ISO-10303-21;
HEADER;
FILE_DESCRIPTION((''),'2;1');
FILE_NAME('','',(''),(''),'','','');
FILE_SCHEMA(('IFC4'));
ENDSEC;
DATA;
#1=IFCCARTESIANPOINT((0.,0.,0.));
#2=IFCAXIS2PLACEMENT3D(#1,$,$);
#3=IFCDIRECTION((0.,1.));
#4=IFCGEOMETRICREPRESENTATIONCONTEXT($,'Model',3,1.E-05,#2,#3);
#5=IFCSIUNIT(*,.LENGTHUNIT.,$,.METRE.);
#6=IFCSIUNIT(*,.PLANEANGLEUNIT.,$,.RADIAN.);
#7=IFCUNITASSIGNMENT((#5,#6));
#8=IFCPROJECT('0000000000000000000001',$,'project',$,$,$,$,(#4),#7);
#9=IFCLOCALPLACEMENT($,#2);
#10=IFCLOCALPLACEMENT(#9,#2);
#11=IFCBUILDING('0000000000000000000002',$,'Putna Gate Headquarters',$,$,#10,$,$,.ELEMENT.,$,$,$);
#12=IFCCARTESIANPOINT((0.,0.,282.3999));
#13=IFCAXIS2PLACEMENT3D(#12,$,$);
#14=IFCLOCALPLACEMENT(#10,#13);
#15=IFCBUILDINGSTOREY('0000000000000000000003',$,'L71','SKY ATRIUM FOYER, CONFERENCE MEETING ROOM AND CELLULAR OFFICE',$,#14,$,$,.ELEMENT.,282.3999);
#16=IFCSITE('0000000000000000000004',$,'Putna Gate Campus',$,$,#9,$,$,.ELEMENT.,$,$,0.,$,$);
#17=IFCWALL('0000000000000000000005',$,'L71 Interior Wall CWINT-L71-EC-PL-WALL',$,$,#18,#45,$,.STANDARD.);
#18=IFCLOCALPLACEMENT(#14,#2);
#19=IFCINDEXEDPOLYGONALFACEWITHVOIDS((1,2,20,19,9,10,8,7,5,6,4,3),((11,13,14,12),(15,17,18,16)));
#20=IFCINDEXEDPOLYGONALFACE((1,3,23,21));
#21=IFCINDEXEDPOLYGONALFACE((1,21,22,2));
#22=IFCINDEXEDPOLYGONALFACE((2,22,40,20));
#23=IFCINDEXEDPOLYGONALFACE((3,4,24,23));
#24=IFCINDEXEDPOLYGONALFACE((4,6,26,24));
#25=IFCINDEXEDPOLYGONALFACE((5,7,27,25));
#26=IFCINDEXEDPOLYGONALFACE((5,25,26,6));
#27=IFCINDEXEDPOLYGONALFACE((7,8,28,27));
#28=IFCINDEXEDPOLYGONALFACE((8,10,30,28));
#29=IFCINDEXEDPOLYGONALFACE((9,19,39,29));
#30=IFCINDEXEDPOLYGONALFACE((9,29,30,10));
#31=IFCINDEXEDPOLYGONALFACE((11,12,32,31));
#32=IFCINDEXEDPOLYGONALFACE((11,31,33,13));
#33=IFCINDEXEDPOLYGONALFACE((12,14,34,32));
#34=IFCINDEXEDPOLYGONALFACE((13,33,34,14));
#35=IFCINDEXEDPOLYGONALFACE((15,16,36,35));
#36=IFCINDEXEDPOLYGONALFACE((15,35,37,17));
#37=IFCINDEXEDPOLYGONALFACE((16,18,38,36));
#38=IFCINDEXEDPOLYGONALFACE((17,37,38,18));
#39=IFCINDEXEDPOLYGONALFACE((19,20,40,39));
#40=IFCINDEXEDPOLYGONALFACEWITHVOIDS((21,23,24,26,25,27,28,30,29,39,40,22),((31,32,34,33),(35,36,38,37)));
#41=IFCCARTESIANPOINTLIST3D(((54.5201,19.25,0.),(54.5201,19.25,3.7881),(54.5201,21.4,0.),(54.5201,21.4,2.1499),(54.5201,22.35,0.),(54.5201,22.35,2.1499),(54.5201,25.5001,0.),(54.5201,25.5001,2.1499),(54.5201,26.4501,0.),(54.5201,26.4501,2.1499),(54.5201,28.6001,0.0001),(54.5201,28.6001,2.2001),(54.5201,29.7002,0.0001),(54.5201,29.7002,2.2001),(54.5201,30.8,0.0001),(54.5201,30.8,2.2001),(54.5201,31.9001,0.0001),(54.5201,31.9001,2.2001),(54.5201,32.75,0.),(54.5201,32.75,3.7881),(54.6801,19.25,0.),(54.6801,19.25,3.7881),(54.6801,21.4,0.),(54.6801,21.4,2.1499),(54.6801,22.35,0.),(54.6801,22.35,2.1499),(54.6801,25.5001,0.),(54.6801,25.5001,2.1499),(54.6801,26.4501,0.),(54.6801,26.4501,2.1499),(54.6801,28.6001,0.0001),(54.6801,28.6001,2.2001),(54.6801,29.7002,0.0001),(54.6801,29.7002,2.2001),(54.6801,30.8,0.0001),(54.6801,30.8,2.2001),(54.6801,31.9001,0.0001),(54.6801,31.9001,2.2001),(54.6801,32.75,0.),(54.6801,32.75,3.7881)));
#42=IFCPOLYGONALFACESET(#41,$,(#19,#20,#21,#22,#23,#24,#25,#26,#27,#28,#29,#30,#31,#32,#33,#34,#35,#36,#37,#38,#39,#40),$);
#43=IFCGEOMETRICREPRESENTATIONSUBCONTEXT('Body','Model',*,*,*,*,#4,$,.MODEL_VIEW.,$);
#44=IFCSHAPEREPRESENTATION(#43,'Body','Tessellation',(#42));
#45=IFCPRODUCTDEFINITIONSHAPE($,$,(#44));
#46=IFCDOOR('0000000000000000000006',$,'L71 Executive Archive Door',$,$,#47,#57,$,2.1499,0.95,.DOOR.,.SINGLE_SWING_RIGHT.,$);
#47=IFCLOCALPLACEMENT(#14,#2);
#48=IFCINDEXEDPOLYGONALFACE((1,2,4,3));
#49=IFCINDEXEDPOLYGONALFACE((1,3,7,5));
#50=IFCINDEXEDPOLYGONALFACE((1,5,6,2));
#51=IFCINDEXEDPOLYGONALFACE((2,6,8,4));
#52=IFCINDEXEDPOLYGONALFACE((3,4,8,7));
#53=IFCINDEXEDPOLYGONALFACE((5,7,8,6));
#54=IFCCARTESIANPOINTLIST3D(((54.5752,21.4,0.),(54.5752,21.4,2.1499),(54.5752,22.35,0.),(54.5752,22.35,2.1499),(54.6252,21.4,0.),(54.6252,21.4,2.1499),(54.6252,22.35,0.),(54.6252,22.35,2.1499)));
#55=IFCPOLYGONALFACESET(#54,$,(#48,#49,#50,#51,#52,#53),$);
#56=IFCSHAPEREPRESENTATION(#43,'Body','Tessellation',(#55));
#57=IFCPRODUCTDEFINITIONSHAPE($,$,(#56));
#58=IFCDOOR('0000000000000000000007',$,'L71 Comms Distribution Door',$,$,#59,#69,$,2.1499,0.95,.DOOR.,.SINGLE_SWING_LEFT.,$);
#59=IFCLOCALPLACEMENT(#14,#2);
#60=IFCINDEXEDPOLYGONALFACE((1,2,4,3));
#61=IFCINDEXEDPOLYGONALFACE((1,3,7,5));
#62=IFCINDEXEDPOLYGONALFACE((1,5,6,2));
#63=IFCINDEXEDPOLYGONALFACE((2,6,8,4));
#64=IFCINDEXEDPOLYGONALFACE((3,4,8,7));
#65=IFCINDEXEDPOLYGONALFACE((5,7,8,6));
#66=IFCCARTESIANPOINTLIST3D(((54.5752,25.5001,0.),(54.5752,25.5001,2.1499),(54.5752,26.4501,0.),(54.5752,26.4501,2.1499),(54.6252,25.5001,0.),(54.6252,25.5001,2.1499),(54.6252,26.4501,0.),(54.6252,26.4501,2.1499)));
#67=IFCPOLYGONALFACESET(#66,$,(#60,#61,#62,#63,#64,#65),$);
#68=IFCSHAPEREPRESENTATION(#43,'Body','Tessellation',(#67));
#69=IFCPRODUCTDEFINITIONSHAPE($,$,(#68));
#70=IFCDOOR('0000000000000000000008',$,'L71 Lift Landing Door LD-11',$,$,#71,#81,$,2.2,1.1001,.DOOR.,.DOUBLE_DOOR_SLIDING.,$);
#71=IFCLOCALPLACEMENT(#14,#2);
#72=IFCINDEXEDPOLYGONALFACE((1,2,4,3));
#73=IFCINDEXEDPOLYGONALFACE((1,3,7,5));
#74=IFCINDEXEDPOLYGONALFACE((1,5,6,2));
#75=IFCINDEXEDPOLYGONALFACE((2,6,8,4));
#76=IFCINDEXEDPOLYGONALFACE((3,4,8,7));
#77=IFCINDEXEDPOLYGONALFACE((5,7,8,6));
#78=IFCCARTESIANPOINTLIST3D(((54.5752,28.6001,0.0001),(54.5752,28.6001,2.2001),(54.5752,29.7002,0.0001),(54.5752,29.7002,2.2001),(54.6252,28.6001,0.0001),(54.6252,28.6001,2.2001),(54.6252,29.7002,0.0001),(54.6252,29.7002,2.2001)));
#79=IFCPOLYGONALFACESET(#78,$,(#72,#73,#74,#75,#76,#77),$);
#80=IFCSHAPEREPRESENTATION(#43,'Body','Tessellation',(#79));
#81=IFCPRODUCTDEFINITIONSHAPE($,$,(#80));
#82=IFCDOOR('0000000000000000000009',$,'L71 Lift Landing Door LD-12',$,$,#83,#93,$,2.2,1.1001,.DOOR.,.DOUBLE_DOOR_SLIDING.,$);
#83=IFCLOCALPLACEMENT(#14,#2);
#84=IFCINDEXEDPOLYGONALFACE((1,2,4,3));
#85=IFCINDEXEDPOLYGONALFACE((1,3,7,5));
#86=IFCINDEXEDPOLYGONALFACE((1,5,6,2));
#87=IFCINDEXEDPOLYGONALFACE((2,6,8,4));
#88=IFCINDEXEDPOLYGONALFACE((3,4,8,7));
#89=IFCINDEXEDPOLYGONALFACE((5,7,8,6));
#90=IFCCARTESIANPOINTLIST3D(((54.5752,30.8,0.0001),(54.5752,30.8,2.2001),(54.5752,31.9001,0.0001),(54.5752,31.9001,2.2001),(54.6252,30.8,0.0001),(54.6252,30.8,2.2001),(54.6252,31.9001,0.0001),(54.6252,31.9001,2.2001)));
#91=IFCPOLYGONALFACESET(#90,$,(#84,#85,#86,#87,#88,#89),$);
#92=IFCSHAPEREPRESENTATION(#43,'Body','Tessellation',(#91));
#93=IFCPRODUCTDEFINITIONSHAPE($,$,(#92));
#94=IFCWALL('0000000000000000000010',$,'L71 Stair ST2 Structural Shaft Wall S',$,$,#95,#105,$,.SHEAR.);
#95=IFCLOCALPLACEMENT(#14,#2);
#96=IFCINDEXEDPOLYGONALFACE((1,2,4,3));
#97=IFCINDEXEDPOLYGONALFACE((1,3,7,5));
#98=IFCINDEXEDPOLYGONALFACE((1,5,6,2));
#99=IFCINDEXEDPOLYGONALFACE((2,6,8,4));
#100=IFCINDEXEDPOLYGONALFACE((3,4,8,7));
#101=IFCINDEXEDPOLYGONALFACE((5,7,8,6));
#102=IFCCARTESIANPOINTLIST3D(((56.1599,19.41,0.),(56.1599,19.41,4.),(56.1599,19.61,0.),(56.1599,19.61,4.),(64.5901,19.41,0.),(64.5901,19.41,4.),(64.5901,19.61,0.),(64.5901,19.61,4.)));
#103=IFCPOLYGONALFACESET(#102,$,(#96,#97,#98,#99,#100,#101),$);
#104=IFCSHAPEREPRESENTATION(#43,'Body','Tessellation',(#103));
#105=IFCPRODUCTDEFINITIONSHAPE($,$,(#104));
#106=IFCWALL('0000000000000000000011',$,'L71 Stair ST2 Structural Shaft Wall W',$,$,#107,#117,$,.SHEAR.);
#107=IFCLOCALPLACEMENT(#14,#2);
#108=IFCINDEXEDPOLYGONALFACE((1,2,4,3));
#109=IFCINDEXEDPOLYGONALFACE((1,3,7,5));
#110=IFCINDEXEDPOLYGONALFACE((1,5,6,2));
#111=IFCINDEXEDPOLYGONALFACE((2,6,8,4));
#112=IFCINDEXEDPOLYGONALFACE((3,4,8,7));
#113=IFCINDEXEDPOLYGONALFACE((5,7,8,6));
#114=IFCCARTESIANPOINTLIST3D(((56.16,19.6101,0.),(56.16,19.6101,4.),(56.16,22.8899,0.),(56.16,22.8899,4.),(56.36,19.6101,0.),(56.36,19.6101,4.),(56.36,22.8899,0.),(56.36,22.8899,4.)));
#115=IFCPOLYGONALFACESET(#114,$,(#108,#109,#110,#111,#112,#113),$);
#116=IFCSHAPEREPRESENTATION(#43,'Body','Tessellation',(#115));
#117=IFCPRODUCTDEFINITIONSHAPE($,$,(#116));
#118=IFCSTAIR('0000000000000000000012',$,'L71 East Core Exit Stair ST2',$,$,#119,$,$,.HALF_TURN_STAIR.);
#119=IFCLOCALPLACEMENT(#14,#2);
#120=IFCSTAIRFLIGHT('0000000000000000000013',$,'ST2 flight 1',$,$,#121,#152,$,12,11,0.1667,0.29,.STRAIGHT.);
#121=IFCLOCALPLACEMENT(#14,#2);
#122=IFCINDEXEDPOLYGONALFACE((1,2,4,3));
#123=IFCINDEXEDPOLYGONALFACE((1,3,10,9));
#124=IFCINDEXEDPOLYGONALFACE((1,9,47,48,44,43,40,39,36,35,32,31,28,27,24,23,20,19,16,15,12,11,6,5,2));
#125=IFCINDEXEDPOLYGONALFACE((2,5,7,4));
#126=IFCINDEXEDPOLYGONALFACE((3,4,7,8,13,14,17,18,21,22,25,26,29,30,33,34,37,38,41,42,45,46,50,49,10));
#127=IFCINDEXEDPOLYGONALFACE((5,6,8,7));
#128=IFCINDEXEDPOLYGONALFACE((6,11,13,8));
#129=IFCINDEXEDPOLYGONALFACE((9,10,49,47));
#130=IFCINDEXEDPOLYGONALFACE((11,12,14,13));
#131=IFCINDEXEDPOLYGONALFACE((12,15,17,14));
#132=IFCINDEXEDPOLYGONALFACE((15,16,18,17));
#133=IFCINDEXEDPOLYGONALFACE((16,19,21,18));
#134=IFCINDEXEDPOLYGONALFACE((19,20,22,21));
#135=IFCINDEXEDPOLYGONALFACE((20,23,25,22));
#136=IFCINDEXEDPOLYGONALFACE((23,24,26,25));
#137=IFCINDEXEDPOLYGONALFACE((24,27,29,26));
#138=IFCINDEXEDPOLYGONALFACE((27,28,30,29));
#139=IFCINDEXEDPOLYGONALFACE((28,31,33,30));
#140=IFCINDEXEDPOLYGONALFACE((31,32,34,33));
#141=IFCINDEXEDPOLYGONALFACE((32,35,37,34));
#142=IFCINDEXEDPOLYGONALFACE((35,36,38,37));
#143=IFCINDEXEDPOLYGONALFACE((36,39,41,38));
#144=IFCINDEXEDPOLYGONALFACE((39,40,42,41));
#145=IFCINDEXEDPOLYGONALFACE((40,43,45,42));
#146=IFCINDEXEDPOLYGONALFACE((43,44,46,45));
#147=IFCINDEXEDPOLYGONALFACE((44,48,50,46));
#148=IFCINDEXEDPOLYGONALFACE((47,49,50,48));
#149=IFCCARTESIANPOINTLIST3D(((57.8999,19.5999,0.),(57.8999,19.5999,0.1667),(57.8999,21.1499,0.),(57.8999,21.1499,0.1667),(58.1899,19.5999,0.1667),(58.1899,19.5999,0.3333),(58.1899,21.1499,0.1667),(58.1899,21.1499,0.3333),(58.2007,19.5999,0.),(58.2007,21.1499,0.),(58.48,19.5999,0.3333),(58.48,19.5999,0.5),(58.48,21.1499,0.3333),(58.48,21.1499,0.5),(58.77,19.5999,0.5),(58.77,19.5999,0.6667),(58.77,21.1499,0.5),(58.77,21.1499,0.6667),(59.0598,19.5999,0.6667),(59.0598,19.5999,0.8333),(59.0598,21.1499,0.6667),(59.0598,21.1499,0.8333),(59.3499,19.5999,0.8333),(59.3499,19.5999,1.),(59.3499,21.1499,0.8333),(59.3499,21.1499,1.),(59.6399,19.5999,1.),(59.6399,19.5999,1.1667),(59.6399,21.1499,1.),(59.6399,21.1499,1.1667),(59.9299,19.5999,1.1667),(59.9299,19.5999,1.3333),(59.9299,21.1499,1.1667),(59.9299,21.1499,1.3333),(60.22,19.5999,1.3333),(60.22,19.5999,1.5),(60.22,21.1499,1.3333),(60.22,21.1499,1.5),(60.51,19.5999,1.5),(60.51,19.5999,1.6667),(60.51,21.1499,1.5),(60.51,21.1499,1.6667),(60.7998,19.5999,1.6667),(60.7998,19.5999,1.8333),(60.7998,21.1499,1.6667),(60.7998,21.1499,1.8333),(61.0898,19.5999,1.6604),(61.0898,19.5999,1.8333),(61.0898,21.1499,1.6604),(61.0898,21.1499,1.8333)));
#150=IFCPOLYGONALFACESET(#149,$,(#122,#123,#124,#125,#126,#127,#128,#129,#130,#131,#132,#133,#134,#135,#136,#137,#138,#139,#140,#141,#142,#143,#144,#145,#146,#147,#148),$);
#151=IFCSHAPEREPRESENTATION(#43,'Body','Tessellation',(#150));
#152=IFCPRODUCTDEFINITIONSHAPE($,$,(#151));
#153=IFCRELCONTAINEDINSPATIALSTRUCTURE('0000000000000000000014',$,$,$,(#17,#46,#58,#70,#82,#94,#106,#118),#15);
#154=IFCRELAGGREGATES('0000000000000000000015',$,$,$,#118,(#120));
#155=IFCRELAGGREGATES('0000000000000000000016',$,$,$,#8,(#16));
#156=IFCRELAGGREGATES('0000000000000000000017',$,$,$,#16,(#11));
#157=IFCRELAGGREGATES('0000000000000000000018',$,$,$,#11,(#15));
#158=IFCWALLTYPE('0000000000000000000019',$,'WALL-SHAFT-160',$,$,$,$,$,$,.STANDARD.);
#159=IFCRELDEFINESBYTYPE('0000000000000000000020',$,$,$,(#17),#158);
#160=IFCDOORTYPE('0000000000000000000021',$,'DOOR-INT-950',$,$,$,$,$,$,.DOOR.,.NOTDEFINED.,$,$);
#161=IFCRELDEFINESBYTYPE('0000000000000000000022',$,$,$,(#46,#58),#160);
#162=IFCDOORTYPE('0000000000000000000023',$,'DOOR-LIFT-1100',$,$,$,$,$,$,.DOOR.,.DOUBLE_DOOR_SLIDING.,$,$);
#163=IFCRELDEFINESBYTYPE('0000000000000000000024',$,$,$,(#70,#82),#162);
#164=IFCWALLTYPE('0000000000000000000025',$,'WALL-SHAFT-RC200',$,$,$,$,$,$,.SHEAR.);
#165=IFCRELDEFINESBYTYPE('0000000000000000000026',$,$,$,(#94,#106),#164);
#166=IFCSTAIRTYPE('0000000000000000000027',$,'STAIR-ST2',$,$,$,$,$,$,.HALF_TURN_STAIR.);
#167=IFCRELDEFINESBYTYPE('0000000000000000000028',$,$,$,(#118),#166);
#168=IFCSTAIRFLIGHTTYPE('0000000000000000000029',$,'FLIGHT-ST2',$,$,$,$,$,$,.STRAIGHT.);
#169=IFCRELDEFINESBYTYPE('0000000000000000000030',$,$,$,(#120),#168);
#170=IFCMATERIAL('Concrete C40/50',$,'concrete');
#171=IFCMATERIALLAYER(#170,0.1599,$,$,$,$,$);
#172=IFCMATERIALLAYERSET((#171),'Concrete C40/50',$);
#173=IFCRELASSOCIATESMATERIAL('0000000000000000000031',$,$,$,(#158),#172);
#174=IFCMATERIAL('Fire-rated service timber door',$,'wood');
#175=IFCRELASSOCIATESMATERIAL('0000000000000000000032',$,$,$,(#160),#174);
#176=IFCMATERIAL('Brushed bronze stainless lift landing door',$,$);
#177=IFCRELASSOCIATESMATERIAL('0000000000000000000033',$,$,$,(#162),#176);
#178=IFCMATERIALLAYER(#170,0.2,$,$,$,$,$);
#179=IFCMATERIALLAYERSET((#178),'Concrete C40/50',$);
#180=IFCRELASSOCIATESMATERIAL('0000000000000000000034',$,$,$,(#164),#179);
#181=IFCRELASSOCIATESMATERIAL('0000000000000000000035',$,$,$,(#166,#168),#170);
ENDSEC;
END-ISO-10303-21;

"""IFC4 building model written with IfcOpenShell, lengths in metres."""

from ifc_helpers import new_model, si_unit, direction, frame, frame_2d, origin, place, context, subcontext, project, spatial, polyline, rectangle, outline, extrude, material, layer, layer_set, type_object, element, fill, aggregate, save


model = new_model("IFC4")

# Units and contexts
model_context = context("Model", 3, precision=1e-05, world=origin(), true_north=direction((0.0, 1.0)))
body_context = subcontext(model_context, "Body", "Model", "MODEL_VIEW")
ifc_project = project(units=[si_unit("LENGTHUNIT", "METRE"), si_unit("PLANEANGLEUNIT", "RADIAN")], contexts=[model_context])

# Site, building, storey
site_placement = place(None, origin())
site = spatial("IfcSite", under=ifc_project, at=site_placement, Name="Putna Gate Campus", CompositionType="ELEMENT", RefElevation=0.0)
building_placement = place(site_placement, origin())
building = spatial("IfcBuilding", under=site, at=building_placement, Name="Putna Gate Headquarters", CompositionType="ELEMENT")
storey_placement = place(building_placement, frame((0.0, 0.0, 282.3999)))
storey = spatial("IfcBuildingStorey", under=building, at=storey_placement, Name="L71", Description="SKY ATRIUM FOYER, CONFERENCE MEETING ROOM AND CELLULAR OFFICE", CompositionType="ELEMENT", Elevation=282.3999)

# Wall, openings, doors
ifc_material_1 = material(Name="Concrete C40/50", Category="concrete")
ifc_layer_1 = layer(ifc_material_1, 0.1599)
ifc_layer_set_1 = layer_set([ifc_layer_1], Name="Concrete C40/50")
wall_type_1 = type_object("IfcWallType", Name="WALL-SHAFT-160", PredefinedType="STANDARD", material=ifc_layer_set_1)
wall_1_placement = place(storey_placement, frame((54.6001, 19.25, 0.0), z_axis=(0.0, 0.0, 1.0), x_axis=(0.0, 1.0, 0.0)))
wall_1 = element("IfcWall", 1, at=wall_1_placement, inside=storey, type_object=wall_type_1, Name="L71 Interior Wall CWINT-L71-EC-PL-WALL", PredefinedType="STANDARD", context=body_context, shape_type="SweptSolid", body=[
    extrude(rectangle(XDim=13.5, YDim=0.1599, at=frame_2d((6.75, 0.0))), origin(), (0.0, 0.0, 1.0), 3.7881),
])
opening_1_placement = place(wall_1_placement, frame((2.1499, 0.0, 0.0)))
opening_1 = element("IfcOpeningElement", 2, at=opening_1_placement, cuts=wall_1, PredefinedType="OPENING", context=body_context, shape_type="SweptSolid", body=[
    extrude(rectangle(XDim=0.95, YDim=2.1499, at=frame_2d((0.4751, 1.075))), frame((0.0, 0.0898, 0.0), z_axis=(0.0, -1.0, 0.0), x_axis=(1.0, 0.0, 0.0)), (0.0, 0.0, 1.0), 0.1799),
])
opening_2_placement = place(wall_1_placement, frame((6.25, 0.0, 0.0)))
opening_2 = element("IfcOpeningElement", 3, at=opening_2_placement, cuts=wall_1, PredefinedType="OPENING", context=body_context, shape_type="SweptSolid", body=[
    extrude(rectangle(XDim=0.95, YDim=2.1499, at=frame_2d((0.4751, 1.075))), frame((0.0, 0.0898, 0.0), z_axis=(0.0, -1.0, 0.0), x_axis=(1.0, 0.0, 0.0)), (0.0, 0.0, 1.0), 0.1799),
])
opening_3_placement = place(wall_1_placement, frame((9.3501, 0.0, 0.0)))
opening_3 = element("IfcOpeningElement", 4, at=opening_3_placement, cuts=wall_1, PredefinedType="OPENING", context=body_context, shape_type="SweptSolid", body=[
    extrude(rectangle(XDim=1.1001, YDim=2.2, at=frame_2d((0.55, 1.1001))), frame((0.0, 0.0898, 0.0), z_axis=(0.0, -1.0, 0.0), x_axis=(1.0, 0.0, 0.0)), (0.0, 0.0, 1.0), 0.1799),
])
opening_4_placement = place(wall_1_placement, frame((11.55, 0.0, 0.0)))
opening_4 = element("IfcOpeningElement", 5, at=opening_4_placement, cuts=wall_1, PredefinedType="OPENING", context=body_context, shape_type="SweptSolid", body=[
    extrude(rectangle(XDim=1.1001, YDim=2.2, at=frame_2d((0.55, 1.1001))), frame((0.0, 0.0898, 0.0), z_axis=(0.0, -1.0, 0.0), x_axis=(1.0, 0.0, 0.0)), (0.0, 0.0, 1.0), 0.1799),
])
ifc_material_2 = material(Name="Fire-rated service timber door", Category="wood")
door_type_1 = type_object("IfcDoorType", Name="DOOR-INT-950", OperationType="NOTDEFINED", PredefinedType="DOOR", material=ifc_material_2)
door_1_placement = place(opening_1_placement, origin())
door_1 = element("IfcDoor", 6, at=door_1_placement, inside=storey, type_object=door_type_1, Name="L71 Executive Archive Door", OperationType="SINGLE_SWING_RIGHT", OverallHeight=2.1499, OverallWidth=0.95, PredefinedType="DOOR", context=body_context, shape_type="SweptSolid", body=[
    extrude(rectangle(XDim=0.95, YDim=2.1499, at=frame_2d((0.4751, 1.075))), frame((0.0, 0.0249, 0.0), z_axis=(0.0, -1.0, 0.0), x_axis=(1.0, 0.0, 0.0)), (0.0, 0.0, 1.0), 0.05),
])
fill(opening_1, door_1)
door_2_placement = place(opening_2_placement, origin())
door_2 = element("IfcDoor", 7, at=door_2_placement, inside=storey, type_object=door_type_1, Name="L71 Comms Distribution Door", OperationType="SINGLE_SWING_LEFT", OverallHeight=2.1499, OverallWidth=0.95, PredefinedType="DOOR", context=body_context, shape_type="SweptSolid", body=[
    extrude(rectangle(XDim=0.95, YDim=2.1499, at=frame_2d((0.4751, 1.075))), frame((0.0, 0.0249, 0.0), z_axis=(0.0, -1.0, 0.0), x_axis=(1.0, 0.0, 0.0)), (0.0, 0.0, 1.0), 0.05),
])
fill(opening_2, door_2)
ifc_material_3 = material(Name="Brushed bronze stainless lift landing door")
door_type_2 = type_object("IfcDoorType", Name="DOOR-LIFT-1100", OperationType="DOUBLE_DOOR_SLIDING", PredefinedType="DOOR", material=ifc_material_3)
door_3_placement = place(opening_3_placement, origin())
door_3 = element("IfcDoor", 8, at=door_3_placement, inside=storey, type_object=door_type_2, Name="L71 Lift Landing Door LD-11", OperationType="DOUBLE_DOOR_SLIDING", OverallHeight=2.2, OverallWidth=1.1001, PredefinedType="DOOR", context=body_context, shape_type="SweptSolid", body=[
    extrude(rectangle(XDim=1.1001, YDim=2.2, at=frame_2d((0.55, 1.1001))), frame((0.0, 0.0249, 0.0), z_axis=(0.0, -1.0, 0.0), x_axis=(1.0, 0.0, 0.0)), (0.0, 0.0, 1.0), 0.05),
])
fill(opening_3, door_3)
door_4_placement = place(opening_4_placement, origin())
door_4 = element("IfcDoor", 9, at=door_4_placement, inside=storey, type_object=door_type_2, Name="L71 Lift Landing Door LD-12", OperationType="DOUBLE_DOOR_SLIDING", OverallHeight=2.2, OverallWidth=1.1001, PredefinedType="DOOR", context=body_context, shape_type="SweptSolid", body=[
    extrude(rectangle(XDim=1.1001, YDim=2.2, at=frame_2d((0.55, 1.1001))), frame((0.0, 0.0249, 0.0), z_axis=(0.0, -1.0, 0.0), x_axis=(1.0, 0.0, 0.0)), (0.0, 0.0, 1.0), 0.05),
])
fill(opening_4, door_4)

# Walls
ifc_layer_2 = layer(ifc_material_1, 0.2)
ifc_layer_set_2 = layer_set([ifc_layer_2], Name="Concrete C40/50")
wall_type_2 = type_object("IfcWallType", Name="WALL-SHAFT-RC200", PredefinedType="SHEAR", material=ifc_layer_set_2)
wall_2_placement = place(storey_placement, frame((56.1599, 19.51, 0.0), z_axis=(0.0, 0.0, 1.0), x_axis=(1.0, 0.0, 0.0)))
element("IfcWall", 10, at=wall_2_placement, inside=storey, type_object=wall_type_2, Name="L71 Stair ST2 Structural Shaft Wall S", PredefinedType="SHEAR", context=body_context, shape_type="SweptSolid", body=[
    extrude(rectangle(XDim=8.4302, YDim=0.2, at=frame_2d((4.2151, 0.0))), origin(), (0.0, 0.0, 1.0), 4.0),
])
wall_3_placement = place(storey_placement, frame((56.26, 19.6101, 0.0), z_axis=(0.0, 0.0, 1.0), x_axis=(0.0, 1.0, 0.0)))
element("IfcWall", 11, at=wall_3_placement, inside=storey, type_object=wall_type_2, Name="L71 Stair ST2 Structural Shaft Wall W", PredefinedType="SHEAR", context=body_context, shape_type="SweptSolid", body=[
    extrude(rectangle(XDim=3.2798, YDim=0.2, at=frame_2d((1.6399, 0.0))), origin(), (0.0, 0.0, 1.0), 4.0),
])

# Stair, stair flight
stair_type = type_object("IfcStairType", Name="STAIR-ST2", PredefinedType="HALF_TURN_STAIR", material=ifc_material_1)
stair_placement = place(storey_placement, origin())
stair = element("IfcStair", 12, at=stair_placement, inside=storey, type_object=stair_type, Name="L71 East Core Exit Stair ST2", PredefinedType="HALF_TURN_STAIR")
stair_flight_type = type_object("IfcStairFlightType", Name="FLIGHT-ST2", PredefinedType="STRAIGHT", material=ifc_material_1)
stair_flight_placement = place(storey_placement, frame((57.8999, 20.375, 0.0), z_axis=(0.0, 0.0, 1.0), x_axis=(1.0, 0.0, 0.0)))
stair_flight = element("IfcStairFlight", 13, at=stair_flight_placement, type_object=stair_flight_type, Name="ST2 flight 1", NumberOfRisers=12, NumberOfTreads=11, PredefinedType="STRAIGHT", RiserHeight=0.1667, TreadLength=0.29, context=body_context, shape_type="SweptSolid", body=[
    extrude(outline(polyline([(0.0, 0.0), (0.0, 0.1667), (0.29, 0.1667), (0.29, 0.3333), (0.5801, 0.3333), (0.5801, 0.5), (0.8701, 0.5), (0.8701, 0.6667), (1.1599, 0.6667), (1.1599, 0.8333), (1.45, 0.8333), (1.45, 1.0), (1.74, 1.0), (1.74, 1.1667), (2.03, 1.1667), (2.03, 1.3333), (2.3201, 1.3333), (2.3201, 1.5), (2.6101, 1.5), (2.6101, 1.6667), (2.8999, 1.6667), (2.8999, 1.8333), (3.1899, 1.8333), (3.1899, 2.0), (3.1899, 1.6604), (0.3008, 0.0), (0.0, 0.0)])), frame((0.0, 0.7749, 0.0), z_axis=(0.0, -1.0, 0.0), x_axis=(1.0, 0.0, 0.0)), (0.0, 0.0, 1.0), 1.55),
])
aggregate(stair, [stair_flight])

save(model, "model.ifc")
